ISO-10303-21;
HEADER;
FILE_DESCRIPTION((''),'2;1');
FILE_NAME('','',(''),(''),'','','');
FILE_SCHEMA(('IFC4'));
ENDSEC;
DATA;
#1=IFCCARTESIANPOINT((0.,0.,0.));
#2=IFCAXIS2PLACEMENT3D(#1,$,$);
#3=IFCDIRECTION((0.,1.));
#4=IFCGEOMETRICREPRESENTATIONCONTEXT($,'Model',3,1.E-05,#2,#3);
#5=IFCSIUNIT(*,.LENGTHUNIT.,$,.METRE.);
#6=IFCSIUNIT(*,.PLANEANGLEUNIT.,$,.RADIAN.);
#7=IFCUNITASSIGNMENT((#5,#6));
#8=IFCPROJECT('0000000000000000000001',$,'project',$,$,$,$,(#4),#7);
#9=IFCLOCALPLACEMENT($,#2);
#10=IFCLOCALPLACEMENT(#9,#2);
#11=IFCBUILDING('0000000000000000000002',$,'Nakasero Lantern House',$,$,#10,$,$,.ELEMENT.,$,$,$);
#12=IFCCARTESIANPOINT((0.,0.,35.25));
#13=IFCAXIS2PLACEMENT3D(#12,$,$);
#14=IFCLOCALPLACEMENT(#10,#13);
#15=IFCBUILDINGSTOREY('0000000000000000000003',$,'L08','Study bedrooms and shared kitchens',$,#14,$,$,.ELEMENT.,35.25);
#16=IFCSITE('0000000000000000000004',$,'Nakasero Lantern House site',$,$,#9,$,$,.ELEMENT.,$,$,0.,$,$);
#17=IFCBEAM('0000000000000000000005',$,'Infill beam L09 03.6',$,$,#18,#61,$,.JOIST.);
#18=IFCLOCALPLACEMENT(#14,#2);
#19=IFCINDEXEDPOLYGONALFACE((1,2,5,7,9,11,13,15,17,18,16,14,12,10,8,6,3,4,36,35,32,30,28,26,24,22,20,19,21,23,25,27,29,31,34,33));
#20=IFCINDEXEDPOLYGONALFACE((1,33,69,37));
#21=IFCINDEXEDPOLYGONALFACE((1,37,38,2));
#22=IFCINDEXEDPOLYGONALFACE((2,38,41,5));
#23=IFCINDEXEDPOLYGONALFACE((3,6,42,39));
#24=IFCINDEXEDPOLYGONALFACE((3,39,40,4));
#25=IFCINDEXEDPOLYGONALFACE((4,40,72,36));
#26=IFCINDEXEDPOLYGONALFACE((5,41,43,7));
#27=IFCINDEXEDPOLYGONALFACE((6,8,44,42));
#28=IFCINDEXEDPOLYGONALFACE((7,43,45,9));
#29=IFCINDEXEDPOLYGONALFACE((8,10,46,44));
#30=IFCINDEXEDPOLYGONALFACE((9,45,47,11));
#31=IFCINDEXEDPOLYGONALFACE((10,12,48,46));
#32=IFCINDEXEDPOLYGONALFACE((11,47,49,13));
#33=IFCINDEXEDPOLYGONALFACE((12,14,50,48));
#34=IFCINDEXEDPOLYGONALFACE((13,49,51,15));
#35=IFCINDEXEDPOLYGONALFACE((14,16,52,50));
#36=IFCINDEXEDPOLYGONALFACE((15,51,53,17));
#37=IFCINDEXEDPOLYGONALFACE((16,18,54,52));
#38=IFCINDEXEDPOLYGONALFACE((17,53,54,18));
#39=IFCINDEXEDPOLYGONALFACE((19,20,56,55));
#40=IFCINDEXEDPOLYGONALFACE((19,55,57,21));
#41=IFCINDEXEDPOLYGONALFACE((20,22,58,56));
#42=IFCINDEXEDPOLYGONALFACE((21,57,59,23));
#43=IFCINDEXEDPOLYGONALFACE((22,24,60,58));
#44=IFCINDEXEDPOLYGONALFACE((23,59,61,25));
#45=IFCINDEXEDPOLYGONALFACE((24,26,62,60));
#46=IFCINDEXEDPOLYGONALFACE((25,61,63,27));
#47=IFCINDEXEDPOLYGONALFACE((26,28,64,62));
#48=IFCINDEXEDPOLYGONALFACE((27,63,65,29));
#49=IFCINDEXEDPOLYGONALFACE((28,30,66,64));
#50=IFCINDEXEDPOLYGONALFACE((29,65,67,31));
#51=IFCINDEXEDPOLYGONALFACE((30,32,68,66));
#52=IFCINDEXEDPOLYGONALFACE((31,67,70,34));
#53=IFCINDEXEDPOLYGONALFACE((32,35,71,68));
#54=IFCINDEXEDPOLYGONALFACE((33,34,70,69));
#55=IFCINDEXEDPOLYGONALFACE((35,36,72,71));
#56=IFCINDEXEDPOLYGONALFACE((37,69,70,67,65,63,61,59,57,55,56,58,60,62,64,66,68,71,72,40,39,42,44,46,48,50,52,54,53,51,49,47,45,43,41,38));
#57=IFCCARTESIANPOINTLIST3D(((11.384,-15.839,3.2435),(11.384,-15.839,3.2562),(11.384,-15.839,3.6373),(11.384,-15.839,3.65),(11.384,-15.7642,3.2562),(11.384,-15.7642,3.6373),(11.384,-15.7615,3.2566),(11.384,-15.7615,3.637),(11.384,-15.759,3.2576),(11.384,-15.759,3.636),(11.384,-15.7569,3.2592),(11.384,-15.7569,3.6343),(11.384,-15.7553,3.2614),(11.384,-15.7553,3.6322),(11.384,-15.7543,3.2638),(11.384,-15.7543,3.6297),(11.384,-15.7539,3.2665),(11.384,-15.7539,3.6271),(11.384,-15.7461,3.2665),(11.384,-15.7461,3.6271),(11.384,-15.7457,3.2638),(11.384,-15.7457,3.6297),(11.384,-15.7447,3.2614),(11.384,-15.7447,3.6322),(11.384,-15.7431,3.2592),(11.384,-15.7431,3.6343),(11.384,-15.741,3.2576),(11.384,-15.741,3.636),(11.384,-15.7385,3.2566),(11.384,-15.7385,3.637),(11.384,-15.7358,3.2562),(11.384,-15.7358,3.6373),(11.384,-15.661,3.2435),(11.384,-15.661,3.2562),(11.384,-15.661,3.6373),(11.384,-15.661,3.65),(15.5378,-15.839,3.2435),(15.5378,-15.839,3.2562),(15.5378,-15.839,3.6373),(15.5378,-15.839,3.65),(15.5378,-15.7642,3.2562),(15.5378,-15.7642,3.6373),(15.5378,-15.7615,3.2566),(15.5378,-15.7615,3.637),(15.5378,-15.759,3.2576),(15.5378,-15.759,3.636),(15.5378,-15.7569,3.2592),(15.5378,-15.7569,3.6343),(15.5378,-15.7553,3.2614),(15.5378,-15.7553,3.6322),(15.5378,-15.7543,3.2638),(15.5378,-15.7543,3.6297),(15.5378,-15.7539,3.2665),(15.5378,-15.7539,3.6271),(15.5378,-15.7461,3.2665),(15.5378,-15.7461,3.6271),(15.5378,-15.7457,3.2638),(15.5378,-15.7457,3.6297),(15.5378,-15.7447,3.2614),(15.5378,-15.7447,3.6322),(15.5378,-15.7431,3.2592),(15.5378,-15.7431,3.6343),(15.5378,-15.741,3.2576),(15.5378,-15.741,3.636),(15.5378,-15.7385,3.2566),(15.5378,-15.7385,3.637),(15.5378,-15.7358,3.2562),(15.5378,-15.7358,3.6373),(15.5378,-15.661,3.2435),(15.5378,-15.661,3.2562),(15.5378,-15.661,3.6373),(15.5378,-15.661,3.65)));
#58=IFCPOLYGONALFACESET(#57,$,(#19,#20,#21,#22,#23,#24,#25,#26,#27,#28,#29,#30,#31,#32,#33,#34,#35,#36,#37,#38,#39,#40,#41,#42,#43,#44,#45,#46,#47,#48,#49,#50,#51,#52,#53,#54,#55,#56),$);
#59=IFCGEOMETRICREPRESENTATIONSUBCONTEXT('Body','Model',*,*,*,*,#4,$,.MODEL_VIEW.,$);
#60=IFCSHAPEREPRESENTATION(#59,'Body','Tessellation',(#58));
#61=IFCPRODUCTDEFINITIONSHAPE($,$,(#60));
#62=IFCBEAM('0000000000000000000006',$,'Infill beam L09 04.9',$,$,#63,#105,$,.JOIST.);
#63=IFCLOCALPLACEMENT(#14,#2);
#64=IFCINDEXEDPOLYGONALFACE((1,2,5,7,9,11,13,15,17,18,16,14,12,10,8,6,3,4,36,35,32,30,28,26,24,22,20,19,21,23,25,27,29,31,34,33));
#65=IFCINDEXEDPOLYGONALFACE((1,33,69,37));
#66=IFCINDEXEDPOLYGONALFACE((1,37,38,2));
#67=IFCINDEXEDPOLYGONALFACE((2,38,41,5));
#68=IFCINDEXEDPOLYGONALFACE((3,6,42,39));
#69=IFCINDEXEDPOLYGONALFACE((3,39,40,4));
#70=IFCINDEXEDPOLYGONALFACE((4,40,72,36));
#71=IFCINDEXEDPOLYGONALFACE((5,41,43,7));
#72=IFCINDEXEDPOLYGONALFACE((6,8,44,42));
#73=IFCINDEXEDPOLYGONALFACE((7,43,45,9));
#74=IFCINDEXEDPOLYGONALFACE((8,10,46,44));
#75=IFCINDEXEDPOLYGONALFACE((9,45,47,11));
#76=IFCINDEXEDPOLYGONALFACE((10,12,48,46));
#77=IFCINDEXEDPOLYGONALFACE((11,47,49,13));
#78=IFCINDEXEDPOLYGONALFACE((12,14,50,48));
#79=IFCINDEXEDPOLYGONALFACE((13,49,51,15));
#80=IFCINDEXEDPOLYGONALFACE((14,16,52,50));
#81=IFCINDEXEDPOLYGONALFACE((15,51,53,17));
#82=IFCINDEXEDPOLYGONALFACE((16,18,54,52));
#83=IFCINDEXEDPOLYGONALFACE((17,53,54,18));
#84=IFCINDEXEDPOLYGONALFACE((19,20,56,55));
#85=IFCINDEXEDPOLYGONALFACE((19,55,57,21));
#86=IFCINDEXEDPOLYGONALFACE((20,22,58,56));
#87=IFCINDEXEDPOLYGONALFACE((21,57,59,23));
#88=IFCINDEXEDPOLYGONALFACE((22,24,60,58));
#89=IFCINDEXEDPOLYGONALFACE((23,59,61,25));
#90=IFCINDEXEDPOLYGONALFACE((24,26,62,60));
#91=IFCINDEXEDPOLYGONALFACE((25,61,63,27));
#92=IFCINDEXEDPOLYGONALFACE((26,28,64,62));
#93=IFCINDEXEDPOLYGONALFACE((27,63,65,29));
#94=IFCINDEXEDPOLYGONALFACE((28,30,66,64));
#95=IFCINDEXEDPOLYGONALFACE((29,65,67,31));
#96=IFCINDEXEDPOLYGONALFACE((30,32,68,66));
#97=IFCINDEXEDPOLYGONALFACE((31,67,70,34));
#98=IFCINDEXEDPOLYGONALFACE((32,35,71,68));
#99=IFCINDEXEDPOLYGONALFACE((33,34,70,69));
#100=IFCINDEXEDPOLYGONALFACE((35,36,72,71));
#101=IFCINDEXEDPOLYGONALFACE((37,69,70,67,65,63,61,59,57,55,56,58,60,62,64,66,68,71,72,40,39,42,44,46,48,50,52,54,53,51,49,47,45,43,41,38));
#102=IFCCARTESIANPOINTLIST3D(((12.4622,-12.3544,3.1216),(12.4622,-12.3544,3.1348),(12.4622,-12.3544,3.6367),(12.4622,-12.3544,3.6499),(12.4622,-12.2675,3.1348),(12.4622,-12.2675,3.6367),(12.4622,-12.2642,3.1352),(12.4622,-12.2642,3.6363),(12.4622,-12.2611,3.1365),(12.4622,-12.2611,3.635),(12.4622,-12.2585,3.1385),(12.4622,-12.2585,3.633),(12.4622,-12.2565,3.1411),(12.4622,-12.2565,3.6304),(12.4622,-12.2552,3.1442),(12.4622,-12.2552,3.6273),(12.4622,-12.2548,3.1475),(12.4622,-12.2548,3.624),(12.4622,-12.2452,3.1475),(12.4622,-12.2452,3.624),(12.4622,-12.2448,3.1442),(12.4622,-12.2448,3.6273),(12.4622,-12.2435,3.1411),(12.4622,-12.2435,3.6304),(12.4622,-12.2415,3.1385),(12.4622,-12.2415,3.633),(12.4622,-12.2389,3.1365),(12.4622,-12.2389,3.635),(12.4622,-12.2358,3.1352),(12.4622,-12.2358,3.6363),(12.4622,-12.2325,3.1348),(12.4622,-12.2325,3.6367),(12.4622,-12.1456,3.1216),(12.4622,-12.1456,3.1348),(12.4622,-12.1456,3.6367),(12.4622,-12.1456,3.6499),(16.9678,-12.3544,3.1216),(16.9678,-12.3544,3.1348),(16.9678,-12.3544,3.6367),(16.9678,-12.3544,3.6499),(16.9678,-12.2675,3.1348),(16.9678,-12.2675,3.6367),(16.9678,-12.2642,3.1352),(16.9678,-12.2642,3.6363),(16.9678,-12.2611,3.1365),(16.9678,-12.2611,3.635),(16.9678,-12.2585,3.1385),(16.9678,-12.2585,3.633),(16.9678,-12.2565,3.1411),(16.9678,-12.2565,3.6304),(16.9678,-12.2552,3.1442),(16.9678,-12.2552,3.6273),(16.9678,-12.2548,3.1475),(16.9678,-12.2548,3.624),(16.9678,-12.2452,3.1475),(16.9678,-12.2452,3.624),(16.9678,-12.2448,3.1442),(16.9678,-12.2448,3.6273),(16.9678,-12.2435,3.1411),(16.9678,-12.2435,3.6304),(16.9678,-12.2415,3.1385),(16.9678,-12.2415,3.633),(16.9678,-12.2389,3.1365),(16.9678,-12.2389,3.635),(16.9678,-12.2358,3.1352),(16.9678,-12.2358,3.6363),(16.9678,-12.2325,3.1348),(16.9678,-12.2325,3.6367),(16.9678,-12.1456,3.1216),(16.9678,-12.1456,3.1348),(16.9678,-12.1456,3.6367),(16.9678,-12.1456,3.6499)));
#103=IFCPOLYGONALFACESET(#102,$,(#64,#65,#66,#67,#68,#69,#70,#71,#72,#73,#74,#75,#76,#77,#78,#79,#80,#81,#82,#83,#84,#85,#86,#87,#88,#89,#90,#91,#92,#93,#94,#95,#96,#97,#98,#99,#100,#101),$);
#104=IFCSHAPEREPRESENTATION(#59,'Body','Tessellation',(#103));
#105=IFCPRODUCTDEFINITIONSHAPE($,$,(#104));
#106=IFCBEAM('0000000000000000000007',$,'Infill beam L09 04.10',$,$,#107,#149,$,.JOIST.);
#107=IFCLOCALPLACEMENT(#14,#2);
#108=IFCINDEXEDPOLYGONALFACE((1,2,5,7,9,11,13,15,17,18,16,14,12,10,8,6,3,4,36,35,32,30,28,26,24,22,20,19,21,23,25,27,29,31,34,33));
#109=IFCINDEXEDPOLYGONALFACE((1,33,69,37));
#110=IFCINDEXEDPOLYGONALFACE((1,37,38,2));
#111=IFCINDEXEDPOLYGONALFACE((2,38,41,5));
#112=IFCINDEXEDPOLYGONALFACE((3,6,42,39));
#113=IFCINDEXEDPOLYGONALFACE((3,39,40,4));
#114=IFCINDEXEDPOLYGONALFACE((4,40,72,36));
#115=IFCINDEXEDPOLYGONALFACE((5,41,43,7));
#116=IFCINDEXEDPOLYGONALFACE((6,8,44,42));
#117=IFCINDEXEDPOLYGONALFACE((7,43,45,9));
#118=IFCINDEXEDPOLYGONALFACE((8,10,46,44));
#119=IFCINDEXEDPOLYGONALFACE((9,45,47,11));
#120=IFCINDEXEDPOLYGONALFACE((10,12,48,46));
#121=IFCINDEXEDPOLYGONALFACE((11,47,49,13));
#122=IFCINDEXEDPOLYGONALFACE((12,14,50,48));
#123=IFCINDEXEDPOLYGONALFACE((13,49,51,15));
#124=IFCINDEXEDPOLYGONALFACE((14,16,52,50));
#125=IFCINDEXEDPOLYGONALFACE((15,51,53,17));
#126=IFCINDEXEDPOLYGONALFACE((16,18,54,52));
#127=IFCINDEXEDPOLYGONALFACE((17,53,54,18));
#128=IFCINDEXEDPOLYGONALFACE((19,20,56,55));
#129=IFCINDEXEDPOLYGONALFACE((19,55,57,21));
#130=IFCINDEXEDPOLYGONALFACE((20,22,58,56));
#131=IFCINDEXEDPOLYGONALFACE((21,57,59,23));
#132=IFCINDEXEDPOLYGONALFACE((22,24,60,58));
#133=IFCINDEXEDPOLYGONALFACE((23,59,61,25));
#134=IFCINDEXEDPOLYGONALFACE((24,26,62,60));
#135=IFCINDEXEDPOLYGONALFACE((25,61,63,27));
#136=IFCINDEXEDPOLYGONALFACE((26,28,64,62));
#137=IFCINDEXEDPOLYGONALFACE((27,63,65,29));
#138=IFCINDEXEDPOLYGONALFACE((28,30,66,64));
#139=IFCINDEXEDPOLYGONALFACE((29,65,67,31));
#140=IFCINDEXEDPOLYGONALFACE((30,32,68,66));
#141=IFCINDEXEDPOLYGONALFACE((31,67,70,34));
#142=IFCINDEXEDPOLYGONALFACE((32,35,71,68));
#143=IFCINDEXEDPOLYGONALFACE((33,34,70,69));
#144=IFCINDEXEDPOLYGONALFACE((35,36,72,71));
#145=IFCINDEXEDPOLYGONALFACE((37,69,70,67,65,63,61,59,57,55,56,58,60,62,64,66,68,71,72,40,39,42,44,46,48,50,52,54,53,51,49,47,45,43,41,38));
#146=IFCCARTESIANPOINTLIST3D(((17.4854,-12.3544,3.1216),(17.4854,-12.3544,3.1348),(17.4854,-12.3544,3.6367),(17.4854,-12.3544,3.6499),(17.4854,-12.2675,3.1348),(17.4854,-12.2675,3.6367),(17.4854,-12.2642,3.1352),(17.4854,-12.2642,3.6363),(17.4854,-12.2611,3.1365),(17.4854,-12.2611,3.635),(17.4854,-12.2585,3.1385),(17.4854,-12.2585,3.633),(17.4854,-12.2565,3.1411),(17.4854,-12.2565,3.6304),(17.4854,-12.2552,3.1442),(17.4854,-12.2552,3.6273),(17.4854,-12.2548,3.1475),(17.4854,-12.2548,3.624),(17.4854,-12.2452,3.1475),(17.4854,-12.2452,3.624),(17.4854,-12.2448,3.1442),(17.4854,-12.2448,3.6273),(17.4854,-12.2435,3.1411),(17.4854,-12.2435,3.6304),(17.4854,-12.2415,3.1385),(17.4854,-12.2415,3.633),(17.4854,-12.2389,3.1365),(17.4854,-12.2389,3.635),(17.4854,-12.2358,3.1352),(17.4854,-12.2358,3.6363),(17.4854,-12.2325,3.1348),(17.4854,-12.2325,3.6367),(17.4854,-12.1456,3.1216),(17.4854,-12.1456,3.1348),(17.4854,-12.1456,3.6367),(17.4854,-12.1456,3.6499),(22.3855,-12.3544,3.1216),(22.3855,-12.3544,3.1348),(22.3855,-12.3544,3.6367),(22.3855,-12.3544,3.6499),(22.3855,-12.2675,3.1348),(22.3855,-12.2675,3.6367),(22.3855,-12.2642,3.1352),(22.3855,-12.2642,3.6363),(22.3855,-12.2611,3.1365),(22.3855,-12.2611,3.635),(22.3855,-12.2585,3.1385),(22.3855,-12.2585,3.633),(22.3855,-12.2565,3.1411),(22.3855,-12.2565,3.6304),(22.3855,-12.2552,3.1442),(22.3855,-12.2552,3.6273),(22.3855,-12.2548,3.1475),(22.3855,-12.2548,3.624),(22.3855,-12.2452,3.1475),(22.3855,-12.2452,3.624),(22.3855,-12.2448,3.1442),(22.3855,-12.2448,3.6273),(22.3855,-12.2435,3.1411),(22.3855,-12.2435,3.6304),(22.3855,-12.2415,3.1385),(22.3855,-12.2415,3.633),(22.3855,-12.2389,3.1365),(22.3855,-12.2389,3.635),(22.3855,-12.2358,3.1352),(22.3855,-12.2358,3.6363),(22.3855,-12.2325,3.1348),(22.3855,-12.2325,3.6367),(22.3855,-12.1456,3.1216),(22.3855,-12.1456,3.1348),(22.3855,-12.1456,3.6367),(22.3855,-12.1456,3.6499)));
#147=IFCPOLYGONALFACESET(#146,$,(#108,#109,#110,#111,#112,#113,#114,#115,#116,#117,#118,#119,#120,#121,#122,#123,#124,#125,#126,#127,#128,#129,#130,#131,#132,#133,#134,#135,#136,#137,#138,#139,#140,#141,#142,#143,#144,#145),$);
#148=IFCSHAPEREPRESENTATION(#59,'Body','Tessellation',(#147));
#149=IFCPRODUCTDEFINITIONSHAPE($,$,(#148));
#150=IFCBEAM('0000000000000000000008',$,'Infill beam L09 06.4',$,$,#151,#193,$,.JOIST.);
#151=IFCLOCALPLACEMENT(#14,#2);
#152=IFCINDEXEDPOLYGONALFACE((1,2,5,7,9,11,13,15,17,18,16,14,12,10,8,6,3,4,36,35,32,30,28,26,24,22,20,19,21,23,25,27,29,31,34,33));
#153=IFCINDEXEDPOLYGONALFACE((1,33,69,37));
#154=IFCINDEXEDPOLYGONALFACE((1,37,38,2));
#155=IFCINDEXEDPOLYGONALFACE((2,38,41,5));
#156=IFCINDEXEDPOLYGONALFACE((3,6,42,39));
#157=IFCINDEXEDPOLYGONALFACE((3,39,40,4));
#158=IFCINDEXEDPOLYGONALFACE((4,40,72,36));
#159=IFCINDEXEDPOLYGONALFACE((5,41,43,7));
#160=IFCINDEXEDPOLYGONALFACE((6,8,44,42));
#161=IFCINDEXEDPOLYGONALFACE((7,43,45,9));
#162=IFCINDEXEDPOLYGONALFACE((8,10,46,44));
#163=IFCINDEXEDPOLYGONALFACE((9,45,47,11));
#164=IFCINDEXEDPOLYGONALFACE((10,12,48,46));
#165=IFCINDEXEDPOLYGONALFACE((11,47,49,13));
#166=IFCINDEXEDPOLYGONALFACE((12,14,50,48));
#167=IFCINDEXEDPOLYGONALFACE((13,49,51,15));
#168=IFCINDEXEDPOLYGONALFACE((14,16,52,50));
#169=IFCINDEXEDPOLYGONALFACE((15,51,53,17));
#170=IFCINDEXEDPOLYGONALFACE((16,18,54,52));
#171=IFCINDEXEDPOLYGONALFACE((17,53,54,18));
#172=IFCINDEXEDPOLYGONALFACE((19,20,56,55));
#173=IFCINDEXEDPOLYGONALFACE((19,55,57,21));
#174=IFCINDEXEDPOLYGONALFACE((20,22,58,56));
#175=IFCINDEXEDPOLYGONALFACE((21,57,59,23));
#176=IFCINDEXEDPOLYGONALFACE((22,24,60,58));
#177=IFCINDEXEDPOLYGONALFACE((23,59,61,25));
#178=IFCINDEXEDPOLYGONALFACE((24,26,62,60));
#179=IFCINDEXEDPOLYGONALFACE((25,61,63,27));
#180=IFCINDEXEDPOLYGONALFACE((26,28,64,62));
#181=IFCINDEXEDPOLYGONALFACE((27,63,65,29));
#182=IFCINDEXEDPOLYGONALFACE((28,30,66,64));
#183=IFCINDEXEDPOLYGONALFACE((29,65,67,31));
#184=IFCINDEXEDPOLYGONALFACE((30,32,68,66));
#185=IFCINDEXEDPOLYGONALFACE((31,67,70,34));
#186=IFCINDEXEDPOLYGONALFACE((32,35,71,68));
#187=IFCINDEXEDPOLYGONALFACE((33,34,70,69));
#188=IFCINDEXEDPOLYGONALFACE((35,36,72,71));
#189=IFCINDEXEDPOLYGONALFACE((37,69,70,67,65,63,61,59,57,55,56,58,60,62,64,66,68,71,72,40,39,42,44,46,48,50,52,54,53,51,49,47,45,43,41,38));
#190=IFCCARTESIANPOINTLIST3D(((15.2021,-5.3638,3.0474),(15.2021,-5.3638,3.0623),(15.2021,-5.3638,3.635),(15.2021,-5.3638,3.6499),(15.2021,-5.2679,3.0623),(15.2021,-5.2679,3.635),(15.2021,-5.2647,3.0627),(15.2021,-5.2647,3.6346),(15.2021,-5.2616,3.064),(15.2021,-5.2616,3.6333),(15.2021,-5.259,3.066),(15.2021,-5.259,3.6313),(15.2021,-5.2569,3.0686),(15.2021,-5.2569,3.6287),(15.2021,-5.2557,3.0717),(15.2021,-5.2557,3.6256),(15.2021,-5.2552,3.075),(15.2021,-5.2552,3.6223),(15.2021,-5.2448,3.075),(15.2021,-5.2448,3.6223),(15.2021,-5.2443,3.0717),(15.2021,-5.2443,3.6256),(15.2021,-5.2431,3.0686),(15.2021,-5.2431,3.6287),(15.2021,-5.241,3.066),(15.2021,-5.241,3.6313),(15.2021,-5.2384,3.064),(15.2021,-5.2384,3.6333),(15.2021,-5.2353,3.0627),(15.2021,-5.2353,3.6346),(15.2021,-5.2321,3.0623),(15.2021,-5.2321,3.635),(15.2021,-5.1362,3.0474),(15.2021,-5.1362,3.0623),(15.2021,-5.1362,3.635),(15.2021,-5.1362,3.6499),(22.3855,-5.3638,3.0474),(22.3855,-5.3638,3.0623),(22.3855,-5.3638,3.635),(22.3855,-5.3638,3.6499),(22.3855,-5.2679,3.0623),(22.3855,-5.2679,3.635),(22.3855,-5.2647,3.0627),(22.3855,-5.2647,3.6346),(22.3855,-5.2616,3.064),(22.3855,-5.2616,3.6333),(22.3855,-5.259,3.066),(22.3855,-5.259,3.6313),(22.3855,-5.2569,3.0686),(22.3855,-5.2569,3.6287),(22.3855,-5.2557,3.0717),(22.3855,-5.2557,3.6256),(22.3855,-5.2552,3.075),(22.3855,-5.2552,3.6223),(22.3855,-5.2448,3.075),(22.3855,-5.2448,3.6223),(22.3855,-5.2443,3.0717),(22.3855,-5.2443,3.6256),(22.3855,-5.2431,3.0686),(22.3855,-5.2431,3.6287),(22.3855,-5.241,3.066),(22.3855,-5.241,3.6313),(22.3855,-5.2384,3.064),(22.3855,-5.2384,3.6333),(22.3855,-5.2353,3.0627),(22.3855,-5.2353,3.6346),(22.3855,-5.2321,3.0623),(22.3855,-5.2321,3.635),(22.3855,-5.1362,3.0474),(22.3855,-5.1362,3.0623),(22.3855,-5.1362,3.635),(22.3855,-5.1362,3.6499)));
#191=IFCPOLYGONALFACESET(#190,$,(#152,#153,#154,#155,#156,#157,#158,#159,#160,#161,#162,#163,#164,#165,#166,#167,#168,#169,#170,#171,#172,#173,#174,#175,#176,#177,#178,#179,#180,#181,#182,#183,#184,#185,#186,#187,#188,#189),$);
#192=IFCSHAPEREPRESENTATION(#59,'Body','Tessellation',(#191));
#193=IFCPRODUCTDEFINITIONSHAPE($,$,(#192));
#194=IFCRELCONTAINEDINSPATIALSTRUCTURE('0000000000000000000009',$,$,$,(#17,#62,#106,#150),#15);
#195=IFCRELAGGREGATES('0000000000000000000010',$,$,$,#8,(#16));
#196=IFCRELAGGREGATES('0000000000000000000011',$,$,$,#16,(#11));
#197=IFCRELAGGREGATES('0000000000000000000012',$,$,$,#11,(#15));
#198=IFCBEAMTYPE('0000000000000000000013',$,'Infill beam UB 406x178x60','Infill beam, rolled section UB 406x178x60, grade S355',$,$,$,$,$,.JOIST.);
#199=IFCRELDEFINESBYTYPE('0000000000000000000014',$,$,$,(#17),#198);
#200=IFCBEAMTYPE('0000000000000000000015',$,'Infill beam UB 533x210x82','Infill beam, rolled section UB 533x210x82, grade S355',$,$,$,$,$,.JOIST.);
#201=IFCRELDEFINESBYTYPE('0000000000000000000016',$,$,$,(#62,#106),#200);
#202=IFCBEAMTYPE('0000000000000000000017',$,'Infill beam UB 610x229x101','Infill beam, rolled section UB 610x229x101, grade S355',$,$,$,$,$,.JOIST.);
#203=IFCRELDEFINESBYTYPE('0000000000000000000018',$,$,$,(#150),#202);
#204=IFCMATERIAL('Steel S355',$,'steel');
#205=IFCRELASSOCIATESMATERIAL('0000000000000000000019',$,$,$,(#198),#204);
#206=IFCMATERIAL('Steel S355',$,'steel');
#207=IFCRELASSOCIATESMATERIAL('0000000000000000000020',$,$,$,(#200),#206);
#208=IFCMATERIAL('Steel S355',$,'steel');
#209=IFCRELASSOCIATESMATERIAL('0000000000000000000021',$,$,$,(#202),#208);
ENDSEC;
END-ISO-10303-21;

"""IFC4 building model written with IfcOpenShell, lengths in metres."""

from ifc_helpers import new_model, si_unit, direction, frame, origin, origin_2d, place, context, subcontext, project, spatial, i_section, extrude, material, material_profile, profile_set, type_object, element, save


model = new_model("IFC4")

# Units and contexts
model_context = context("Model", 3, precision=1e-05, world=origin(), true_north=direction((0.0, 1.0)))
body_context = subcontext(model_context, "Body", "Model", "MODEL_VIEW")
ifc_project = project(units=[si_unit("LENGTHUNIT", "METRE"), si_unit("PLANEANGLEUNIT", "RADIAN")], contexts=[model_context])

# Site, building, storey
site_placement = place(None, origin())
site = spatial("IfcSite", under=ifc_project, at=site_placement, Name="Nakasero Lantern House site", CompositionType="ELEMENT", RefElevation=0.0)
building_placement = place(site_placement, origin())
building = spatial("IfcBuilding", under=site, at=building_placement, Name="Nakasero Lantern House", CompositionType="ELEMENT")
storey_placement = place(building_placement, frame((0.0, 0.0, 35.25)))
storey = spatial("IfcBuildingStorey", under=building, at=storey_placement, Name="L08", Description="Study bedrooms and shared kitchens", CompositionType="ELEMENT", Elevation=35.25)

# Beams
ifc_material_1 = material(Name="Steel S355", Category="steel")
ifc_material_profile_1 = material_profile(ifc_material_1, i_section(OverallWidth=0.178, OverallDepth=0.4065, WebThickness=0.0078, FlangeThickness=0.0127, FilletRadius=0.0103, at=origin_2d()), Name="UB 406x178x60")
ifc_profile_set_1 = profile_set([ifc_material_profile_1], Name="Steel S355")
beam_type_1 = type_object("IfcBeamType", Name="Infill beam UB 406x178x60", Description="Infill beam, rolled section UB 406x178x60, grade S355", PredefinedType="JOIST", material=ifc_profile_set_1)
beam_1_placement = place(storey_placement, frame((11.384, -15.75, 3.4468), z_axis=(1.0, 0.0, 0.0), x_axis=(0.0, 1.0, 0.0)))
element("IfcBeam", 1, at=beam_1_placement, inside=storey, type_object=beam_type_1, Name="Infill beam L09 03.6", PredefinedType="JOIST", context=body_context, shape_type="SweptSolid", body=[
    extrude(i_section(OverallWidth=0.178, OverallDepth=0.4065, WebThickness=0.0078, FlangeThickness=0.0127, FilletRadius=0.0103, at=origin_2d()), origin(), (0.0, 0.0, 1.0), 4.1538),
])
ifc_material_2 = material(Name="Steel S355", Category="steel")
ifc_material_profile_2 = material_profile(ifc_material_2, i_section(OverallWidth=0.2087, OverallDepth=0.5283, WebThickness=0.0095, FlangeThickness=0.0132, FilletRadius=0.0127, at=origin_2d()), Name="UB 533x210x82")
ifc_profile_set_2 = profile_set([ifc_material_profile_2], Name="Steel S355")
beam_type_2 = type_object("IfcBeamType", Name="Infill beam UB 533x210x82", Description="Infill beam, rolled section UB 533x210x82, grade S355", PredefinedType="JOIST", material=ifc_profile_set_2)
beam_2_placement = place(storey_placement, frame((12.4622, -12.25, 3.3857), z_axis=(1.0, 0.0, 0.0), x_axis=(0.0, 1.0, 0.0)))
element("IfcBeam", 2, at=beam_2_placement, inside=storey, type_object=beam_type_2, Name="Infill beam L09 04.9", PredefinedType="JOIST", context=body_context, shape_type="SweptSolid", body=[
    extrude(i_section(OverallWidth=0.2087, OverallDepth=0.5283, WebThickness=0.0095, FlangeThickness=0.0132, FilletRadius=0.0127, at=origin_2d()), origin(), (0.0, 0.0, 1.0), 4.5056),
])
beam_3_placement = place(storey_placement, frame((17.4854, -12.25, 3.3857), z_axis=(1.0, 0.0, 0.0), x_axis=(0.0, 1.0, 0.0)))
element("IfcBeam", 3, at=beam_3_placement, inside=storey, type_object=beam_type_2, Name="Infill beam L09 04.10", PredefinedType="JOIST", context=body_context, shape_type="SweptSolid", body=[
    extrude(i_section(OverallWidth=0.2087, OverallDepth=0.5283, WebThickness=0.0095, FlangeThickness=0.0132, FilletRadius=0.0127, at=origin_2d()), origin(), (0.0, 0.0, 1.0), 4.9001),
])
ifc_material_3 = material(Name="Steel S355", Category="steel")
ifc_material_profile_3 = material_profile(ifc_material_3, i_section(OverallWidth=0.2275, OverallDepth=0.6025, WebThickness=0.0105, FlangeThickness=0.0149, FilletRadius=0.0127, at=origin_2d()), Name="UB 610x229x101")
ifc_profile_set_3 = profile_set([ifc_material_profile_3], Name="Steel S355")
beam_type_3 = type_object("IfcBeamType", Name="Infill beam UB 610x229x101", Description="Infill beam, rolled section UB 610x229x101, grade S355", PredefinedType="JOIST", material=ifc_profile_set_3)
beam_4_placement = place(storey_placement, frame((15.2021, -5.25, 3.3486), z_axis=(1.0, 0.0, 0.0), x_axis=(0.0, 1.0, 0.0)))
element("IfcBeam", 4, at=beam_4_placement, inside=storey, type_object=beam_type_3, Name="Infill beam L09 06.4", PredefinedType="JOIST", context=body_context, shape_type="SweptSolid", body=[
    extrude(i_section(OverallWidth=0.2275, OverallDepth=0.6025, WebThickness=0.0105, FlangeThickness=0.0149, FilletRadius=0.0127, at=origin_2d()), origin(), (0.0, 0.0, 1.0), 7.1833),
])

save(model, "model.ifc")
